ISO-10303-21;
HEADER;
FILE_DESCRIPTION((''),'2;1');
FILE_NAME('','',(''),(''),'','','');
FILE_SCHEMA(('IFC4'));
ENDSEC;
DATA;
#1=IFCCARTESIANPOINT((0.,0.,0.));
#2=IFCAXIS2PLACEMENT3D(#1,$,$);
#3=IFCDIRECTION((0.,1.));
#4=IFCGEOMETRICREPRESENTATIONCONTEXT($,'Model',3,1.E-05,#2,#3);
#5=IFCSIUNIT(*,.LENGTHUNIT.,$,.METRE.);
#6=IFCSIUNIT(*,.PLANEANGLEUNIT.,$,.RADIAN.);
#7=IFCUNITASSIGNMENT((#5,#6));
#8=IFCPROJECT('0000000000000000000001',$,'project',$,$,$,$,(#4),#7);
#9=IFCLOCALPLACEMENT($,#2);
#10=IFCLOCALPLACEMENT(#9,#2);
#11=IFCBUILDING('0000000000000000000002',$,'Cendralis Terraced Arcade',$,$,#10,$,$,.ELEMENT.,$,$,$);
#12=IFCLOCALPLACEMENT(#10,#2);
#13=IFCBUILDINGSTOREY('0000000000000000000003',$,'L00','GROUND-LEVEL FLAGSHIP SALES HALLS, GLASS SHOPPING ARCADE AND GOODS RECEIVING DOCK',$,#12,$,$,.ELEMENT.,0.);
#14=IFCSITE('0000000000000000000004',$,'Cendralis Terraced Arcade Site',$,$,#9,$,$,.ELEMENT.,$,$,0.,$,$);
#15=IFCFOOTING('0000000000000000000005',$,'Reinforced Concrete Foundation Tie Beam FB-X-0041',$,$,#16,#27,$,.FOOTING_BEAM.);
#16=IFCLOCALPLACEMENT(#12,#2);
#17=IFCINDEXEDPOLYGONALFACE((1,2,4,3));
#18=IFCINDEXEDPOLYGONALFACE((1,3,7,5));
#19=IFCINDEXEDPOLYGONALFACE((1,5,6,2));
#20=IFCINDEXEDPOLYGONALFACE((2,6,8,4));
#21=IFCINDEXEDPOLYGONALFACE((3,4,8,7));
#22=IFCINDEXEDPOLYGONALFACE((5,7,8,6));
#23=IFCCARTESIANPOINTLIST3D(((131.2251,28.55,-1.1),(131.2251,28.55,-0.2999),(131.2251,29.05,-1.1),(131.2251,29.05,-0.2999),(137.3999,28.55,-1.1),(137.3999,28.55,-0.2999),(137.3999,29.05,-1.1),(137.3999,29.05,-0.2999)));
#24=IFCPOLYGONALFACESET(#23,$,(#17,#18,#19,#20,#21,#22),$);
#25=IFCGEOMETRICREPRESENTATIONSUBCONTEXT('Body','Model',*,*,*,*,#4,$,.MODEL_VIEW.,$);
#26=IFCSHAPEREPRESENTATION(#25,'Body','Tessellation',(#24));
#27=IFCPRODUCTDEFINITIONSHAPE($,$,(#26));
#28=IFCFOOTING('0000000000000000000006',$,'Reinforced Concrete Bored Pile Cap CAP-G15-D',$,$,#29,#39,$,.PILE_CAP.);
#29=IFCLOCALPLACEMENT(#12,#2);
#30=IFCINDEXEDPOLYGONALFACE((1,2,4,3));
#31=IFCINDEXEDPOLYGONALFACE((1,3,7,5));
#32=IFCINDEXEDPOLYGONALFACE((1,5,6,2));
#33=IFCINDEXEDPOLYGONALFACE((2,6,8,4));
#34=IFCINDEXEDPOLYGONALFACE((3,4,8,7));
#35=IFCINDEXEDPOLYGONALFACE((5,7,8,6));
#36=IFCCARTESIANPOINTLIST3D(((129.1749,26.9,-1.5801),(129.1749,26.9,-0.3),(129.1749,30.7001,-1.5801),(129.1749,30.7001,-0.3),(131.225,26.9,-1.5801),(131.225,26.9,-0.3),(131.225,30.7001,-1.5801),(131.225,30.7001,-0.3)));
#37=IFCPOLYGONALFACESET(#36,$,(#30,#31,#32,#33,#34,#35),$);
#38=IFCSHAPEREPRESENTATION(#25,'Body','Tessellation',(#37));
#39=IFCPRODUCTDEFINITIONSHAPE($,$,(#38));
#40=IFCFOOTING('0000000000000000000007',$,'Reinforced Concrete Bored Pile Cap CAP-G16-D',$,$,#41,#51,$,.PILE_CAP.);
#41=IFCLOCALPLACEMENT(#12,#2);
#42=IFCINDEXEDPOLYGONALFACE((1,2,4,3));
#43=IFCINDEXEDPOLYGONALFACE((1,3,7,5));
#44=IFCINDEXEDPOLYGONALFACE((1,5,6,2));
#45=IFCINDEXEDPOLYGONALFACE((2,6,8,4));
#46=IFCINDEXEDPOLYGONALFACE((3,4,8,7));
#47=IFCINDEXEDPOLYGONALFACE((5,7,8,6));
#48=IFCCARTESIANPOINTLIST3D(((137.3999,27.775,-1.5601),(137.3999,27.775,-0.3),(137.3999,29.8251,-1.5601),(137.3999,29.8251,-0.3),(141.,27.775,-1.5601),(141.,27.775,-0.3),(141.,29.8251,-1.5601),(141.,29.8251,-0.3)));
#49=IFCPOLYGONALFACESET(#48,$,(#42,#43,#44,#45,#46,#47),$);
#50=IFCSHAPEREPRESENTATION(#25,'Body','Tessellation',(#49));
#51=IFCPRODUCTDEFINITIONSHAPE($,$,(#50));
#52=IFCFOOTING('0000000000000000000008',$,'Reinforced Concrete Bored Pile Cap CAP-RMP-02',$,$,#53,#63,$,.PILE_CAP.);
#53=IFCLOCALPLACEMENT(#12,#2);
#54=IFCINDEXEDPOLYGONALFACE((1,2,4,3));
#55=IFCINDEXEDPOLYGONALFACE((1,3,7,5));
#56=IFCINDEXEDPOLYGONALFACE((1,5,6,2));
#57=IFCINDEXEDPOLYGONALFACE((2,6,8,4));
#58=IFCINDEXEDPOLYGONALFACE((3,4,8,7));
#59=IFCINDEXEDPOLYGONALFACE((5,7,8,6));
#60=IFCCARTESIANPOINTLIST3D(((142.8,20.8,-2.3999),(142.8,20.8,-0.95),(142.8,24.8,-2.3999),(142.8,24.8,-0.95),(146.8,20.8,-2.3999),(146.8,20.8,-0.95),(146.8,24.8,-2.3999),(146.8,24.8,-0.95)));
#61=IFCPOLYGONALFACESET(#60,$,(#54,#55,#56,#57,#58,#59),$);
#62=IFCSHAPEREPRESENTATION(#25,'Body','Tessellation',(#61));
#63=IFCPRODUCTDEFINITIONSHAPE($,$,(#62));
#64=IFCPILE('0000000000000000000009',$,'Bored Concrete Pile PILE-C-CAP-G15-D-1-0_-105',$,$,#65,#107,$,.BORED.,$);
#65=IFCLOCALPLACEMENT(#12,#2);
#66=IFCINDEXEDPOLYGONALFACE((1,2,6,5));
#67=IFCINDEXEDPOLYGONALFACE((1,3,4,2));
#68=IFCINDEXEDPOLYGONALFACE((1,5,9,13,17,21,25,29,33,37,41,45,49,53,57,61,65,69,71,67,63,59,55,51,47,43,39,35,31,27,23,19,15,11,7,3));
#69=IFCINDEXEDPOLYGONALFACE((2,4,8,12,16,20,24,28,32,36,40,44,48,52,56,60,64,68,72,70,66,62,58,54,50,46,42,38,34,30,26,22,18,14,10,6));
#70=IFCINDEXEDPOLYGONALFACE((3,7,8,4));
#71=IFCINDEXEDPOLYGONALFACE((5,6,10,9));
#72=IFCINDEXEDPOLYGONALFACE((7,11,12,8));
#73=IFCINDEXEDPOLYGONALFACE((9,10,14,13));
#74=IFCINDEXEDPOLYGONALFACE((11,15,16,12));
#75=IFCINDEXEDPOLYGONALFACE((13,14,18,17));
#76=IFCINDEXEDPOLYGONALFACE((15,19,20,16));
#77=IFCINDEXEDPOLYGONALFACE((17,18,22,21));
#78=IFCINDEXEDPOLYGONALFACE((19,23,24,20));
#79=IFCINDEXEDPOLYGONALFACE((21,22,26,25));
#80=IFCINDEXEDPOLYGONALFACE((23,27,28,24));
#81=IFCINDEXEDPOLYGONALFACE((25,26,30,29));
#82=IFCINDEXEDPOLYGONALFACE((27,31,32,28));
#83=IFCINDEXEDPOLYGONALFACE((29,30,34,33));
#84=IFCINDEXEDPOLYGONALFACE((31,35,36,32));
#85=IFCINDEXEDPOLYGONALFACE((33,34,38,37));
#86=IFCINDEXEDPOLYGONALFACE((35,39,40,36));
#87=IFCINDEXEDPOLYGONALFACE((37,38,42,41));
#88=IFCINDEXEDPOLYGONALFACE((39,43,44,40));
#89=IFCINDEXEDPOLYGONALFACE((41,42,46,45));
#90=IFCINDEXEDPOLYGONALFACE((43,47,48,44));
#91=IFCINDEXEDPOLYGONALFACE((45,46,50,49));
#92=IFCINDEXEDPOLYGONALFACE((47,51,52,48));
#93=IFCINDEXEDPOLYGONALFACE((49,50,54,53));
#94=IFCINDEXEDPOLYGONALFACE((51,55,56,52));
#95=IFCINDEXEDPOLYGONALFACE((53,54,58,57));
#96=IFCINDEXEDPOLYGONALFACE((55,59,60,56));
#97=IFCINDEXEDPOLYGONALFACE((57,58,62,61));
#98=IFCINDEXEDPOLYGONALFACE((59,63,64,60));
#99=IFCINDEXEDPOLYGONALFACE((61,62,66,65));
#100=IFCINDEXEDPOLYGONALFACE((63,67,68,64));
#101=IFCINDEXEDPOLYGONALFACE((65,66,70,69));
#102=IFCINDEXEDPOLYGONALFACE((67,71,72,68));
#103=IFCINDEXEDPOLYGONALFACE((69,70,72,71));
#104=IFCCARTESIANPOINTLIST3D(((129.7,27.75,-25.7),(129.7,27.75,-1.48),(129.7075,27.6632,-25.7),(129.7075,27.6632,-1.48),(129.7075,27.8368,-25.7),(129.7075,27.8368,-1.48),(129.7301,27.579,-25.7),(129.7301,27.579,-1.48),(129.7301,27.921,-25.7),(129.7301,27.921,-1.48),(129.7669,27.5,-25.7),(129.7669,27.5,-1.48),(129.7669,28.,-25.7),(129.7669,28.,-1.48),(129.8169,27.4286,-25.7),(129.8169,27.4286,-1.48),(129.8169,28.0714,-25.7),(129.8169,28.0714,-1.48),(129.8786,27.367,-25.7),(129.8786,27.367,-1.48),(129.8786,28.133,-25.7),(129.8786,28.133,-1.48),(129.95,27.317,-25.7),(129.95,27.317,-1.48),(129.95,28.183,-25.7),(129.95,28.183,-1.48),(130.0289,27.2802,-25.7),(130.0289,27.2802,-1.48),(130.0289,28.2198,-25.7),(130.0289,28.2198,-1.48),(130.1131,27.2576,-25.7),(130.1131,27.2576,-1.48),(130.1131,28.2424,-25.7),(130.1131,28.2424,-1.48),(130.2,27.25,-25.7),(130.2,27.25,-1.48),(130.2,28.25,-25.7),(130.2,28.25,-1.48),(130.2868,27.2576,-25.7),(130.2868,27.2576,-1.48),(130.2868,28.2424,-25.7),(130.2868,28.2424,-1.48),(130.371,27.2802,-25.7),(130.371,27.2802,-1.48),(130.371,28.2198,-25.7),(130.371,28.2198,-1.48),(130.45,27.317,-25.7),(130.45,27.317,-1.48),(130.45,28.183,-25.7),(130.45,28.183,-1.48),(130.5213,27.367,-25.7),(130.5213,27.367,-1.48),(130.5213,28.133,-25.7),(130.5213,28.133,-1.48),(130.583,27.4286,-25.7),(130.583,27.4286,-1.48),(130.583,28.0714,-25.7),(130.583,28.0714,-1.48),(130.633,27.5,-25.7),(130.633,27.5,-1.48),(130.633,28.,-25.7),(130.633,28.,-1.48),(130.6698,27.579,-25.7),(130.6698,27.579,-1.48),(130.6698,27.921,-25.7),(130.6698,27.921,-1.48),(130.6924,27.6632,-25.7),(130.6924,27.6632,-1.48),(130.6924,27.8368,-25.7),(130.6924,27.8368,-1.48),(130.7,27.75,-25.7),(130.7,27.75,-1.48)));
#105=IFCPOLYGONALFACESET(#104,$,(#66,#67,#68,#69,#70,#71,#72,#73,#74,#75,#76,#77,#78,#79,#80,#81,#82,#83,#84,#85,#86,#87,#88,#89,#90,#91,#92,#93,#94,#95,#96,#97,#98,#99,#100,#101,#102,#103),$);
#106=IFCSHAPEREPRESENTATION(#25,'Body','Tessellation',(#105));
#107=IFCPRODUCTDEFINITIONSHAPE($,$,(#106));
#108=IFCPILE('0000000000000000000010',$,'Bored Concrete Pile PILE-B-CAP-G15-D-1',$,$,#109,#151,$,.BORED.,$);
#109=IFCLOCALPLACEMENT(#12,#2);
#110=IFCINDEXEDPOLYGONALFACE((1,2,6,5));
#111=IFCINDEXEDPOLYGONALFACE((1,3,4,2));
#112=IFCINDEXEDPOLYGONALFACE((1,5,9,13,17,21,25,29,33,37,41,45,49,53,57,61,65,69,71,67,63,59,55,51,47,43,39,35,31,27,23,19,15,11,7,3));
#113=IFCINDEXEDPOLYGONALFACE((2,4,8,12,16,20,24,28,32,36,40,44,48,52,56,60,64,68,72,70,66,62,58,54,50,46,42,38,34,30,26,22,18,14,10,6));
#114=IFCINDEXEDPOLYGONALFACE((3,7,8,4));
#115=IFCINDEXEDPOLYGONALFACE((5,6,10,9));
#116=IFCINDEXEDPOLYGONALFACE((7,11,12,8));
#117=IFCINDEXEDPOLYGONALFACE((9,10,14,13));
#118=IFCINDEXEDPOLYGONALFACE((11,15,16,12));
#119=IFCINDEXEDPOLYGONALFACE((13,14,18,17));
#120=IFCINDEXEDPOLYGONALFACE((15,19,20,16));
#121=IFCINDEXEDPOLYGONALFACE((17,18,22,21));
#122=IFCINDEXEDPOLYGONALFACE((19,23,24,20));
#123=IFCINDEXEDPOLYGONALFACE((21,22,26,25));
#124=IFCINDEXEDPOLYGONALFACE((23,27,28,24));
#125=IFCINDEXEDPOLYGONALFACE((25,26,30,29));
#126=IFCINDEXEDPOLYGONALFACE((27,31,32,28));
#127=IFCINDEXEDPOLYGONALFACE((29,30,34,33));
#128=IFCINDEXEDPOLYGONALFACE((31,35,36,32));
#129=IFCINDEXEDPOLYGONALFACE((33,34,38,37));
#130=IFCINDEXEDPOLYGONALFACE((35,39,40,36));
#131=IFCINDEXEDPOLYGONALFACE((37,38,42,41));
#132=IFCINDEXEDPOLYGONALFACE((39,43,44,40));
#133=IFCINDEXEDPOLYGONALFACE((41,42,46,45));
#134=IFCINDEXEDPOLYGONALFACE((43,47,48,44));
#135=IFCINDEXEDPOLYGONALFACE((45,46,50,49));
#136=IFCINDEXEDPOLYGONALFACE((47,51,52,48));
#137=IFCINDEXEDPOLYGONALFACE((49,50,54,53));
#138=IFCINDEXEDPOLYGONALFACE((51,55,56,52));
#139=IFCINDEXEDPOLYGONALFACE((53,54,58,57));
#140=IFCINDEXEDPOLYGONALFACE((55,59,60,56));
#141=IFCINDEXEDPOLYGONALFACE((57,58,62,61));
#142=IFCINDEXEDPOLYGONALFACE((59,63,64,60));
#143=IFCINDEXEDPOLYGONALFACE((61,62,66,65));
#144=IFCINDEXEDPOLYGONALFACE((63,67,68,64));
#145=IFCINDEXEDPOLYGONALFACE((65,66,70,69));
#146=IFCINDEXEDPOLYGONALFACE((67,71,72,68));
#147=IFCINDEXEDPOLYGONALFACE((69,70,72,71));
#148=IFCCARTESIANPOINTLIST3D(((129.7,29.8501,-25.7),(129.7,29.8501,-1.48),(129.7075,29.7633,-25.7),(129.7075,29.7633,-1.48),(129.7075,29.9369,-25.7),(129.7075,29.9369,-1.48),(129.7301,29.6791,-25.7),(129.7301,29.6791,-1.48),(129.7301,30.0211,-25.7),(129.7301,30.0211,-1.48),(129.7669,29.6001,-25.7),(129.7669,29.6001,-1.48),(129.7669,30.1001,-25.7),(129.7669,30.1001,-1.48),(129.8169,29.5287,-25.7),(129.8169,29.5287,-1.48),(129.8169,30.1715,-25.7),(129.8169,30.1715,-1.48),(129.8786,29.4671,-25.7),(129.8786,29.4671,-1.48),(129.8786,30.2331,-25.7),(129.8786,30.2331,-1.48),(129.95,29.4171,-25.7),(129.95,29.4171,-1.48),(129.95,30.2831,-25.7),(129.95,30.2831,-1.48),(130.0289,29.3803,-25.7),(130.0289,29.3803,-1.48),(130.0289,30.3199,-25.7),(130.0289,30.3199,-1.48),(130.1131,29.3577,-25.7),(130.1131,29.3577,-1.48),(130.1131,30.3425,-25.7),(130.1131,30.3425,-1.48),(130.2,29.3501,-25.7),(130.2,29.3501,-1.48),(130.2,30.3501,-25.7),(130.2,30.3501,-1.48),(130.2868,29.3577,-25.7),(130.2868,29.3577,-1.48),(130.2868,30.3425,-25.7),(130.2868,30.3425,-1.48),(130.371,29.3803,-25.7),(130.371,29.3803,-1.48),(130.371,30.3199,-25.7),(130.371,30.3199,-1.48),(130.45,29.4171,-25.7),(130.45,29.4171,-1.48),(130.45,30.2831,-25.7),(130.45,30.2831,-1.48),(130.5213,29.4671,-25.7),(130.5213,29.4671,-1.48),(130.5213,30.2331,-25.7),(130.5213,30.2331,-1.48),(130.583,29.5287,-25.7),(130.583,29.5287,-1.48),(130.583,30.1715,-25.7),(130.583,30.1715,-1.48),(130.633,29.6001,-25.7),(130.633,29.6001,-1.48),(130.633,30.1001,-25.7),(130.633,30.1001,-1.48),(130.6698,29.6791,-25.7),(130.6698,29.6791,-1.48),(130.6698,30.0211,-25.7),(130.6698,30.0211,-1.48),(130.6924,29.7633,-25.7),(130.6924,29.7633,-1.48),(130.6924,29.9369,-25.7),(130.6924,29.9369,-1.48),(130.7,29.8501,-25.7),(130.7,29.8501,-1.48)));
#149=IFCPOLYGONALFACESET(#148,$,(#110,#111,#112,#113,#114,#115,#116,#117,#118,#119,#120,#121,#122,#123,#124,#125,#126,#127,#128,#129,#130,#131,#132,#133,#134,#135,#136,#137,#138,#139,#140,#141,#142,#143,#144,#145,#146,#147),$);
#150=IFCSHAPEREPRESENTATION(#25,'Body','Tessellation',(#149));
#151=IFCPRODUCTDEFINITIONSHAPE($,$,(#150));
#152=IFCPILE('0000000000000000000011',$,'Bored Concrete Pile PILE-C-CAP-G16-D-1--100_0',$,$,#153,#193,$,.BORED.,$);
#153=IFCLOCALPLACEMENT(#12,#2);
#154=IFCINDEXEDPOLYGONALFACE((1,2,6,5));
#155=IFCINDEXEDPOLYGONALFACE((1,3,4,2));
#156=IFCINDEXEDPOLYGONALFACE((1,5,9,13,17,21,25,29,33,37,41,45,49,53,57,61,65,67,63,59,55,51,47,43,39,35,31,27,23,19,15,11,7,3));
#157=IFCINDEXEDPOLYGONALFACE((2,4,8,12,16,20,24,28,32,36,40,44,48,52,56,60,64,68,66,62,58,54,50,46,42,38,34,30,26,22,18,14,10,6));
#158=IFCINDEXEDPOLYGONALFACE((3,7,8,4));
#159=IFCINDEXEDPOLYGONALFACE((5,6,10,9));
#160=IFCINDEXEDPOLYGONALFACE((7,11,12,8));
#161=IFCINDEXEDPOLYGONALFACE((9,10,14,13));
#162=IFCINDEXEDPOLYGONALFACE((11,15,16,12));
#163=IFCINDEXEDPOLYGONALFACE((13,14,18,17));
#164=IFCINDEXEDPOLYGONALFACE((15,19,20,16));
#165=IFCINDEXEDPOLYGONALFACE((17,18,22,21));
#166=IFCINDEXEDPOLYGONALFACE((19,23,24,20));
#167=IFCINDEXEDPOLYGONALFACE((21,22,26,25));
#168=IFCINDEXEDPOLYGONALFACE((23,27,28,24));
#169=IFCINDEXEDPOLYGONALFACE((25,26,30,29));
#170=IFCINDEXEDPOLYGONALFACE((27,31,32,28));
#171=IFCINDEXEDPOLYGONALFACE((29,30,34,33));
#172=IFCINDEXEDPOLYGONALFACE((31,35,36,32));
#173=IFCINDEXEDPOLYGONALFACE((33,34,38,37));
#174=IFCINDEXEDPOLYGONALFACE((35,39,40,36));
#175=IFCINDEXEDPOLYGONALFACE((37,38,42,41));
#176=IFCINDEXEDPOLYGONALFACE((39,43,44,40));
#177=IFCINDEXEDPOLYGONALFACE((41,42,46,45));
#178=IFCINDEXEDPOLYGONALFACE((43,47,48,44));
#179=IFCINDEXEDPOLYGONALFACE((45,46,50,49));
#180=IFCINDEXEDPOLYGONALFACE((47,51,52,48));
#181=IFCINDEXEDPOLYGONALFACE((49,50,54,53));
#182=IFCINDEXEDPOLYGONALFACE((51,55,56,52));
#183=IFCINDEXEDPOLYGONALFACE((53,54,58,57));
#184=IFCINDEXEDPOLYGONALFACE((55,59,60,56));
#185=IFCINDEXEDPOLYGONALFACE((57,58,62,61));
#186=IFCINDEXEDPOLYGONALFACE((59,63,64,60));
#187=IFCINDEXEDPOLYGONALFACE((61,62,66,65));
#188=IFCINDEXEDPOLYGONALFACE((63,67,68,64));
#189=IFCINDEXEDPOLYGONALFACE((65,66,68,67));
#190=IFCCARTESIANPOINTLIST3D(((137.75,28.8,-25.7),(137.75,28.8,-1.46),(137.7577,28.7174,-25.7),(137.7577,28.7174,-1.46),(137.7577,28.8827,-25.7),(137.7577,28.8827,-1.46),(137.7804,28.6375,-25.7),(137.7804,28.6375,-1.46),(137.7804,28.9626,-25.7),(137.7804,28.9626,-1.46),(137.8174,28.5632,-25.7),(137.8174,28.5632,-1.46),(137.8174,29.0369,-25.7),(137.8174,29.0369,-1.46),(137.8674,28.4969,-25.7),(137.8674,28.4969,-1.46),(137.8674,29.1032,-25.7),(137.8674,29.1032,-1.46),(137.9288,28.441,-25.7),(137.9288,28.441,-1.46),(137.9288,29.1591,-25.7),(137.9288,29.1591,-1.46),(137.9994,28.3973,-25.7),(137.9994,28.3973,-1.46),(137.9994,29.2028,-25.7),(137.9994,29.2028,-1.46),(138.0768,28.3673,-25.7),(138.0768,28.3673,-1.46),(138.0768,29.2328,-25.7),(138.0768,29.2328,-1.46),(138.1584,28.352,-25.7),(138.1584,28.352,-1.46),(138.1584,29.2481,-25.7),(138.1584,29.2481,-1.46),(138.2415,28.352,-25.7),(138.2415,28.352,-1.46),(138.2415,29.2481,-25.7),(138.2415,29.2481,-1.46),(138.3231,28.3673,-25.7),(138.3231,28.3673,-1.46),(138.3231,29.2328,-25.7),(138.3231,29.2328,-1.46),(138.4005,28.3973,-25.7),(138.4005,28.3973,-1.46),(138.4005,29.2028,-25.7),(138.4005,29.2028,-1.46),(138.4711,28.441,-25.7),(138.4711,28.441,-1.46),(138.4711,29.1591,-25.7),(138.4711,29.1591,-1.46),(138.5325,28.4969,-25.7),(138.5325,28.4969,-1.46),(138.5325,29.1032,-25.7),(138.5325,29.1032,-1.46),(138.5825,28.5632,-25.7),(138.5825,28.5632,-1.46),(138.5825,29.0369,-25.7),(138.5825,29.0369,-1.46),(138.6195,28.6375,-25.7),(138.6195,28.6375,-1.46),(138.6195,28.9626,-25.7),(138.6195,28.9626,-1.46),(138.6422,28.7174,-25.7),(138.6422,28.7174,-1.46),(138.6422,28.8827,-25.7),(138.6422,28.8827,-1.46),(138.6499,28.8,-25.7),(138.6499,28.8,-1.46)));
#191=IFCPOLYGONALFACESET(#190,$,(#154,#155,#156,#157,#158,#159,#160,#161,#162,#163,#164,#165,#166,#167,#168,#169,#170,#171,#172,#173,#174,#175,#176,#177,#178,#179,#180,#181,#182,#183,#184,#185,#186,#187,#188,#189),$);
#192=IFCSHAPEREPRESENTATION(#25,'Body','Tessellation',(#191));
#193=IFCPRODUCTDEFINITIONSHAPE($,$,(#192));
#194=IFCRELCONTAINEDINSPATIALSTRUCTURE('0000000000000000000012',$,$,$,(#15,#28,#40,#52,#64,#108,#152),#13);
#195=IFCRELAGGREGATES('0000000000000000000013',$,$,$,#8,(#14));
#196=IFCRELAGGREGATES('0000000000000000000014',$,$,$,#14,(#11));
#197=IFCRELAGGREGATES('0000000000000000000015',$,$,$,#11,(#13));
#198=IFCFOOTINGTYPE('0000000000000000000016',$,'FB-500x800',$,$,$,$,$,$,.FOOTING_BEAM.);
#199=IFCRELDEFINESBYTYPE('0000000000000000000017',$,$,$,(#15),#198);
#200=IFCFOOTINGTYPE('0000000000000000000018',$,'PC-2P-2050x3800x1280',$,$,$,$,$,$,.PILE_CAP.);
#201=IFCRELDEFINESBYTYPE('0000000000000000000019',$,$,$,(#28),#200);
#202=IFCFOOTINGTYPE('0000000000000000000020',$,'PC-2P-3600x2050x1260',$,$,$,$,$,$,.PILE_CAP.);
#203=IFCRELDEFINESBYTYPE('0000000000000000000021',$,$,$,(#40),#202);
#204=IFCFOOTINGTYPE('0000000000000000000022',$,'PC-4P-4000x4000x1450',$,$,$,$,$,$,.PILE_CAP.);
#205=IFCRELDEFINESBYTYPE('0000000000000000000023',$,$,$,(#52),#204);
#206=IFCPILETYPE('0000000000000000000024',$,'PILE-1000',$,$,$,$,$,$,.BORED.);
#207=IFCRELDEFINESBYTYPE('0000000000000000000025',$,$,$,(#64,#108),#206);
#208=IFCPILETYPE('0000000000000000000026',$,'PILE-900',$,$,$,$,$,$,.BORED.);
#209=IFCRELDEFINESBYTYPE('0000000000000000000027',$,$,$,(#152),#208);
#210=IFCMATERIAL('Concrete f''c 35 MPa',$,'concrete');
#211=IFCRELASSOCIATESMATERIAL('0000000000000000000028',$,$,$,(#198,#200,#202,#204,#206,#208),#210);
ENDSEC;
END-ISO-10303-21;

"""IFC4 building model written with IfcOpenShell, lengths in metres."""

from ifc_helpers import new_model, si_unit, direction, frame, origin, origin_2d, place, context, subcontext, project, spatial, rectangle, circle, extrude, material, material_profile, profile_set, type_object, element, save


model = new_model("IFC4")

# Units and contexts
model_context = context("Model", 3, precision=1e-05, world=origin(), true_north=direction((0.0, 1.0)))
body_context = subcontext(model_context, "Body", "Model", "MODEL_VIEW")
ifc_project = project(units=[si_unit("LENGTHUNIT", "METRE"), si_unit("PLANEANGLEUNIT", "RADIAN")], contexts=[model_context])

# Site, building, storey
site_placement = place(None, origin())
site = spatial("IfcSite", under=ifc_project, at=site_placement, Name="Cendralis Terraced Arcade Site", CompositionType="ELEMENT", RefElevation=0.0)
building_placement = place(site_placement, origin())
building = spatial("IfcBuilding", under=site, at=building_placement, Name="Cendralis Terraced Arcade", CompositionType="ELEMENT")
storey_placement = place(building_placement, origin())
storey = spatial("IfcBuildingStorey", under=building, at=storey_placement, Name="L00", Description="GROUND-LEVEL FLAGSHIP SALES HALLS, GLASS SHOPPING ARCADE AND GOODS RECEIVING DOCK", CompositionType="ELEMENT", Elevation=0.0)

# Footings
ifc_material_1 = material(Name="Concrete f'c 35 MPa", Category="concrete")
ifc_material_profile_1 = material_profile(ifc_material_1, rectangle(XDim=0.5, YDim=0.8, at=origin_2d()), Name="FB-500x800", Category="LoadBearing")
ifc_profile_set_1 = profile_set([ifc_material_profile_1], Name="Concrete f'c 35 MPa")
footing_type_1 = type_object("IfcFootingType", Name="FB-500x800", PredefinedType="FOOTING_BEAM", material=ifc_profile_set_1)
footing_1_placement = place(storey_placement, frame((131.2251, 28.8, -0.7), z_axis=(1.0, 0.0, 0.0), x_axis=(0.0, 1.0, 0.0)))
element("IfcFooting", 1, at=footing_1_placement, inside=storey, type_object=footing_type_1, Name="Reinforced Concrete Foundation Tie Beam FB-X-0041", PredefinedType="FOOTING_BEAM", context=body_context, shape_type="SweptSolid", body=[
    extrude(rectangle(XDim=0.5, YDim=0.8, at=origin_2d()), origin(), (0.0, 0.0, 1.0), 6.1748),
])
footing_type_2 = type_object("IfcFootingType", Name="PC-2P-2050x3800x1280", PredefinedType="PILE_CAP", material=ifc_material_1)
footing_2_placement = place(storey_placement, frame((130.2, 28.8, -1.5801), z_axis=(0.0, 0.0, 1.0), x_axis=(1.0, 0.0, 0.0)))
element("IfcFooting", 2, at=footing_2_placement, inside=storey, type_object=footing_type_2, Name="Reinforced Concrete Bored Pile Cap CAP-G15-D", PredefinedType="PILE_CAP", context=body_context, shape_type="SweptSolid", body=[
    extrude(rectangle(XDim=2.05, YDim=3.8, at=origin_2d()), origin(), (0.0, 0.0, 1.0), 1.28),
])
footing_type_3 = type_object("IfcFootingType", Name="PC-2P-3600x2050x1260", PredefinedType="PILE_CAP", material=ifc_material_1)
footing_3_placement = place(storey_placement, frame((139.2, 28.8, -1.5601), z_axis=(0.0, 0.0, 1.0), x_axis=(1.0, 0.0, 0.0)))
element("IfcFooting", 3, at=footing_3_placement, inside=storey, type_object=footing_type_3, Name="Reinforced Concrete Bored Pile Cap CAP-G16-D", PredefinedType="PILE_CAP", context=body_context, shape_type="SweptSolid", body=[
    extrude(rectangle(XDim=3.6001, YDim=2.05, at=origin_2d()), origin(), (0.0, 0.0, 1.0), 1.26),
])
footing_type_4 = type_object("IfcFootingType", Name="PC-4P-4000x4000x1450", PredefinedType="PILE_CAP", material=ifc_material_1)
footing_4_placement = place(storey_placement, frame((144.8, 22.8, -2.3999), z_axis=(0.0, 0.0, 1.0), x_axis=(1.0, 0.0, 0.0)))
element("IfcFooting", 4, at=footing_4_placement, inside=storey, type_object=footing_type_4, Name="Reinforced Concrete Bored Pile Cap CAP-RMP-02", PredefinedType="PILE_CAP", context=body_context, shape_type="SweptSolid", body=[
    extrude(rectangle(XDim=4.0, YDim=4.0, at=origin_2d()), origin(), (0.0, 0.0, 1.0), 1.45),
])

# Piles
ifc_material_profile_2 = material_profile(ifc_material_1, circle(Radius=0.5, at=origin_2d()), Name="PILE-D1000", Category="LoadBearing")
ifc_profile_set_2 = profile_set([ifc_material_profile_2], Name="Concrete f'c 35 MPa")
pile_type_1 = type_object("IfcPileType", Name="PILE-1000", PredefinedType="BORED", material=ifc_profile_set_2)
for number, where, z_axis, x_axis, name in (
    (5, (130.2, 27.75, -1.48), (0.0, 0.0, -1.0), (1.0, 0.0, 0.0), "Bored Concrete Pile PILE-C-CAP-G15-D-1-0_-105"),
    (6, (130.2, 29.8501, -1.48), (0.0, 0.0, -1.0), (1.0, 0.0, 0.0), "Bored Concrete Pile PILE-B-CAP-G15-D-1"),
):
    element("IfcPile", number, at=place(storey_placement, frame(where, z_axis=z_axis, x_axis=x_axis)), inside=storey, type_object=pile_type_1, Name=name, PredefinedType="BORED", context=body_context, shape_type="SweptSolid", body=[
        extrude(circle(Radius=0.5, at=origin_2d()), origin(), (0.0, 0.0, 1.0), 24.22),
    ])
ifc_material_profile_3 = material_profile(ifc_material_1, circle(Radius=0.45, at=origin_2d()), Name="PILE-D900", Category="LoadBearing")
ifc_profile_set_3 = profile_set([ifc_material_profile_3], Name="Concrete f'c 35 MPa")
pile_type_2 = type_object("IfcPileType", Name="PILE-900", PredefinedType="BORED", material=ifc_profile_set_3)
for number, where, z_axis, x_axis, name in (
    (7, (138.2, 28.8, -1.46), (0.0, 0.0, -1.0), (1.0, 0.0, 0.0), "Bored Concrete Pile PILE-C-CAP-G16-D-1--100_0"),
):
    element("IfcPile", number, at=place(storey_placement, frame(where, z_axis=z_axis, x_axis=x_axis)), inside=storey, type_object=pile_type_2, Name=name, PredefinedType="BORED", context=body_context, shape_type="SweptSolid", body=[
        extrude(circle(Radius=0.45, at=origin_2d()), origin(), (0.0, 0.0, 1.0), 24.24),
    ])

save(model, "model.ifc")
